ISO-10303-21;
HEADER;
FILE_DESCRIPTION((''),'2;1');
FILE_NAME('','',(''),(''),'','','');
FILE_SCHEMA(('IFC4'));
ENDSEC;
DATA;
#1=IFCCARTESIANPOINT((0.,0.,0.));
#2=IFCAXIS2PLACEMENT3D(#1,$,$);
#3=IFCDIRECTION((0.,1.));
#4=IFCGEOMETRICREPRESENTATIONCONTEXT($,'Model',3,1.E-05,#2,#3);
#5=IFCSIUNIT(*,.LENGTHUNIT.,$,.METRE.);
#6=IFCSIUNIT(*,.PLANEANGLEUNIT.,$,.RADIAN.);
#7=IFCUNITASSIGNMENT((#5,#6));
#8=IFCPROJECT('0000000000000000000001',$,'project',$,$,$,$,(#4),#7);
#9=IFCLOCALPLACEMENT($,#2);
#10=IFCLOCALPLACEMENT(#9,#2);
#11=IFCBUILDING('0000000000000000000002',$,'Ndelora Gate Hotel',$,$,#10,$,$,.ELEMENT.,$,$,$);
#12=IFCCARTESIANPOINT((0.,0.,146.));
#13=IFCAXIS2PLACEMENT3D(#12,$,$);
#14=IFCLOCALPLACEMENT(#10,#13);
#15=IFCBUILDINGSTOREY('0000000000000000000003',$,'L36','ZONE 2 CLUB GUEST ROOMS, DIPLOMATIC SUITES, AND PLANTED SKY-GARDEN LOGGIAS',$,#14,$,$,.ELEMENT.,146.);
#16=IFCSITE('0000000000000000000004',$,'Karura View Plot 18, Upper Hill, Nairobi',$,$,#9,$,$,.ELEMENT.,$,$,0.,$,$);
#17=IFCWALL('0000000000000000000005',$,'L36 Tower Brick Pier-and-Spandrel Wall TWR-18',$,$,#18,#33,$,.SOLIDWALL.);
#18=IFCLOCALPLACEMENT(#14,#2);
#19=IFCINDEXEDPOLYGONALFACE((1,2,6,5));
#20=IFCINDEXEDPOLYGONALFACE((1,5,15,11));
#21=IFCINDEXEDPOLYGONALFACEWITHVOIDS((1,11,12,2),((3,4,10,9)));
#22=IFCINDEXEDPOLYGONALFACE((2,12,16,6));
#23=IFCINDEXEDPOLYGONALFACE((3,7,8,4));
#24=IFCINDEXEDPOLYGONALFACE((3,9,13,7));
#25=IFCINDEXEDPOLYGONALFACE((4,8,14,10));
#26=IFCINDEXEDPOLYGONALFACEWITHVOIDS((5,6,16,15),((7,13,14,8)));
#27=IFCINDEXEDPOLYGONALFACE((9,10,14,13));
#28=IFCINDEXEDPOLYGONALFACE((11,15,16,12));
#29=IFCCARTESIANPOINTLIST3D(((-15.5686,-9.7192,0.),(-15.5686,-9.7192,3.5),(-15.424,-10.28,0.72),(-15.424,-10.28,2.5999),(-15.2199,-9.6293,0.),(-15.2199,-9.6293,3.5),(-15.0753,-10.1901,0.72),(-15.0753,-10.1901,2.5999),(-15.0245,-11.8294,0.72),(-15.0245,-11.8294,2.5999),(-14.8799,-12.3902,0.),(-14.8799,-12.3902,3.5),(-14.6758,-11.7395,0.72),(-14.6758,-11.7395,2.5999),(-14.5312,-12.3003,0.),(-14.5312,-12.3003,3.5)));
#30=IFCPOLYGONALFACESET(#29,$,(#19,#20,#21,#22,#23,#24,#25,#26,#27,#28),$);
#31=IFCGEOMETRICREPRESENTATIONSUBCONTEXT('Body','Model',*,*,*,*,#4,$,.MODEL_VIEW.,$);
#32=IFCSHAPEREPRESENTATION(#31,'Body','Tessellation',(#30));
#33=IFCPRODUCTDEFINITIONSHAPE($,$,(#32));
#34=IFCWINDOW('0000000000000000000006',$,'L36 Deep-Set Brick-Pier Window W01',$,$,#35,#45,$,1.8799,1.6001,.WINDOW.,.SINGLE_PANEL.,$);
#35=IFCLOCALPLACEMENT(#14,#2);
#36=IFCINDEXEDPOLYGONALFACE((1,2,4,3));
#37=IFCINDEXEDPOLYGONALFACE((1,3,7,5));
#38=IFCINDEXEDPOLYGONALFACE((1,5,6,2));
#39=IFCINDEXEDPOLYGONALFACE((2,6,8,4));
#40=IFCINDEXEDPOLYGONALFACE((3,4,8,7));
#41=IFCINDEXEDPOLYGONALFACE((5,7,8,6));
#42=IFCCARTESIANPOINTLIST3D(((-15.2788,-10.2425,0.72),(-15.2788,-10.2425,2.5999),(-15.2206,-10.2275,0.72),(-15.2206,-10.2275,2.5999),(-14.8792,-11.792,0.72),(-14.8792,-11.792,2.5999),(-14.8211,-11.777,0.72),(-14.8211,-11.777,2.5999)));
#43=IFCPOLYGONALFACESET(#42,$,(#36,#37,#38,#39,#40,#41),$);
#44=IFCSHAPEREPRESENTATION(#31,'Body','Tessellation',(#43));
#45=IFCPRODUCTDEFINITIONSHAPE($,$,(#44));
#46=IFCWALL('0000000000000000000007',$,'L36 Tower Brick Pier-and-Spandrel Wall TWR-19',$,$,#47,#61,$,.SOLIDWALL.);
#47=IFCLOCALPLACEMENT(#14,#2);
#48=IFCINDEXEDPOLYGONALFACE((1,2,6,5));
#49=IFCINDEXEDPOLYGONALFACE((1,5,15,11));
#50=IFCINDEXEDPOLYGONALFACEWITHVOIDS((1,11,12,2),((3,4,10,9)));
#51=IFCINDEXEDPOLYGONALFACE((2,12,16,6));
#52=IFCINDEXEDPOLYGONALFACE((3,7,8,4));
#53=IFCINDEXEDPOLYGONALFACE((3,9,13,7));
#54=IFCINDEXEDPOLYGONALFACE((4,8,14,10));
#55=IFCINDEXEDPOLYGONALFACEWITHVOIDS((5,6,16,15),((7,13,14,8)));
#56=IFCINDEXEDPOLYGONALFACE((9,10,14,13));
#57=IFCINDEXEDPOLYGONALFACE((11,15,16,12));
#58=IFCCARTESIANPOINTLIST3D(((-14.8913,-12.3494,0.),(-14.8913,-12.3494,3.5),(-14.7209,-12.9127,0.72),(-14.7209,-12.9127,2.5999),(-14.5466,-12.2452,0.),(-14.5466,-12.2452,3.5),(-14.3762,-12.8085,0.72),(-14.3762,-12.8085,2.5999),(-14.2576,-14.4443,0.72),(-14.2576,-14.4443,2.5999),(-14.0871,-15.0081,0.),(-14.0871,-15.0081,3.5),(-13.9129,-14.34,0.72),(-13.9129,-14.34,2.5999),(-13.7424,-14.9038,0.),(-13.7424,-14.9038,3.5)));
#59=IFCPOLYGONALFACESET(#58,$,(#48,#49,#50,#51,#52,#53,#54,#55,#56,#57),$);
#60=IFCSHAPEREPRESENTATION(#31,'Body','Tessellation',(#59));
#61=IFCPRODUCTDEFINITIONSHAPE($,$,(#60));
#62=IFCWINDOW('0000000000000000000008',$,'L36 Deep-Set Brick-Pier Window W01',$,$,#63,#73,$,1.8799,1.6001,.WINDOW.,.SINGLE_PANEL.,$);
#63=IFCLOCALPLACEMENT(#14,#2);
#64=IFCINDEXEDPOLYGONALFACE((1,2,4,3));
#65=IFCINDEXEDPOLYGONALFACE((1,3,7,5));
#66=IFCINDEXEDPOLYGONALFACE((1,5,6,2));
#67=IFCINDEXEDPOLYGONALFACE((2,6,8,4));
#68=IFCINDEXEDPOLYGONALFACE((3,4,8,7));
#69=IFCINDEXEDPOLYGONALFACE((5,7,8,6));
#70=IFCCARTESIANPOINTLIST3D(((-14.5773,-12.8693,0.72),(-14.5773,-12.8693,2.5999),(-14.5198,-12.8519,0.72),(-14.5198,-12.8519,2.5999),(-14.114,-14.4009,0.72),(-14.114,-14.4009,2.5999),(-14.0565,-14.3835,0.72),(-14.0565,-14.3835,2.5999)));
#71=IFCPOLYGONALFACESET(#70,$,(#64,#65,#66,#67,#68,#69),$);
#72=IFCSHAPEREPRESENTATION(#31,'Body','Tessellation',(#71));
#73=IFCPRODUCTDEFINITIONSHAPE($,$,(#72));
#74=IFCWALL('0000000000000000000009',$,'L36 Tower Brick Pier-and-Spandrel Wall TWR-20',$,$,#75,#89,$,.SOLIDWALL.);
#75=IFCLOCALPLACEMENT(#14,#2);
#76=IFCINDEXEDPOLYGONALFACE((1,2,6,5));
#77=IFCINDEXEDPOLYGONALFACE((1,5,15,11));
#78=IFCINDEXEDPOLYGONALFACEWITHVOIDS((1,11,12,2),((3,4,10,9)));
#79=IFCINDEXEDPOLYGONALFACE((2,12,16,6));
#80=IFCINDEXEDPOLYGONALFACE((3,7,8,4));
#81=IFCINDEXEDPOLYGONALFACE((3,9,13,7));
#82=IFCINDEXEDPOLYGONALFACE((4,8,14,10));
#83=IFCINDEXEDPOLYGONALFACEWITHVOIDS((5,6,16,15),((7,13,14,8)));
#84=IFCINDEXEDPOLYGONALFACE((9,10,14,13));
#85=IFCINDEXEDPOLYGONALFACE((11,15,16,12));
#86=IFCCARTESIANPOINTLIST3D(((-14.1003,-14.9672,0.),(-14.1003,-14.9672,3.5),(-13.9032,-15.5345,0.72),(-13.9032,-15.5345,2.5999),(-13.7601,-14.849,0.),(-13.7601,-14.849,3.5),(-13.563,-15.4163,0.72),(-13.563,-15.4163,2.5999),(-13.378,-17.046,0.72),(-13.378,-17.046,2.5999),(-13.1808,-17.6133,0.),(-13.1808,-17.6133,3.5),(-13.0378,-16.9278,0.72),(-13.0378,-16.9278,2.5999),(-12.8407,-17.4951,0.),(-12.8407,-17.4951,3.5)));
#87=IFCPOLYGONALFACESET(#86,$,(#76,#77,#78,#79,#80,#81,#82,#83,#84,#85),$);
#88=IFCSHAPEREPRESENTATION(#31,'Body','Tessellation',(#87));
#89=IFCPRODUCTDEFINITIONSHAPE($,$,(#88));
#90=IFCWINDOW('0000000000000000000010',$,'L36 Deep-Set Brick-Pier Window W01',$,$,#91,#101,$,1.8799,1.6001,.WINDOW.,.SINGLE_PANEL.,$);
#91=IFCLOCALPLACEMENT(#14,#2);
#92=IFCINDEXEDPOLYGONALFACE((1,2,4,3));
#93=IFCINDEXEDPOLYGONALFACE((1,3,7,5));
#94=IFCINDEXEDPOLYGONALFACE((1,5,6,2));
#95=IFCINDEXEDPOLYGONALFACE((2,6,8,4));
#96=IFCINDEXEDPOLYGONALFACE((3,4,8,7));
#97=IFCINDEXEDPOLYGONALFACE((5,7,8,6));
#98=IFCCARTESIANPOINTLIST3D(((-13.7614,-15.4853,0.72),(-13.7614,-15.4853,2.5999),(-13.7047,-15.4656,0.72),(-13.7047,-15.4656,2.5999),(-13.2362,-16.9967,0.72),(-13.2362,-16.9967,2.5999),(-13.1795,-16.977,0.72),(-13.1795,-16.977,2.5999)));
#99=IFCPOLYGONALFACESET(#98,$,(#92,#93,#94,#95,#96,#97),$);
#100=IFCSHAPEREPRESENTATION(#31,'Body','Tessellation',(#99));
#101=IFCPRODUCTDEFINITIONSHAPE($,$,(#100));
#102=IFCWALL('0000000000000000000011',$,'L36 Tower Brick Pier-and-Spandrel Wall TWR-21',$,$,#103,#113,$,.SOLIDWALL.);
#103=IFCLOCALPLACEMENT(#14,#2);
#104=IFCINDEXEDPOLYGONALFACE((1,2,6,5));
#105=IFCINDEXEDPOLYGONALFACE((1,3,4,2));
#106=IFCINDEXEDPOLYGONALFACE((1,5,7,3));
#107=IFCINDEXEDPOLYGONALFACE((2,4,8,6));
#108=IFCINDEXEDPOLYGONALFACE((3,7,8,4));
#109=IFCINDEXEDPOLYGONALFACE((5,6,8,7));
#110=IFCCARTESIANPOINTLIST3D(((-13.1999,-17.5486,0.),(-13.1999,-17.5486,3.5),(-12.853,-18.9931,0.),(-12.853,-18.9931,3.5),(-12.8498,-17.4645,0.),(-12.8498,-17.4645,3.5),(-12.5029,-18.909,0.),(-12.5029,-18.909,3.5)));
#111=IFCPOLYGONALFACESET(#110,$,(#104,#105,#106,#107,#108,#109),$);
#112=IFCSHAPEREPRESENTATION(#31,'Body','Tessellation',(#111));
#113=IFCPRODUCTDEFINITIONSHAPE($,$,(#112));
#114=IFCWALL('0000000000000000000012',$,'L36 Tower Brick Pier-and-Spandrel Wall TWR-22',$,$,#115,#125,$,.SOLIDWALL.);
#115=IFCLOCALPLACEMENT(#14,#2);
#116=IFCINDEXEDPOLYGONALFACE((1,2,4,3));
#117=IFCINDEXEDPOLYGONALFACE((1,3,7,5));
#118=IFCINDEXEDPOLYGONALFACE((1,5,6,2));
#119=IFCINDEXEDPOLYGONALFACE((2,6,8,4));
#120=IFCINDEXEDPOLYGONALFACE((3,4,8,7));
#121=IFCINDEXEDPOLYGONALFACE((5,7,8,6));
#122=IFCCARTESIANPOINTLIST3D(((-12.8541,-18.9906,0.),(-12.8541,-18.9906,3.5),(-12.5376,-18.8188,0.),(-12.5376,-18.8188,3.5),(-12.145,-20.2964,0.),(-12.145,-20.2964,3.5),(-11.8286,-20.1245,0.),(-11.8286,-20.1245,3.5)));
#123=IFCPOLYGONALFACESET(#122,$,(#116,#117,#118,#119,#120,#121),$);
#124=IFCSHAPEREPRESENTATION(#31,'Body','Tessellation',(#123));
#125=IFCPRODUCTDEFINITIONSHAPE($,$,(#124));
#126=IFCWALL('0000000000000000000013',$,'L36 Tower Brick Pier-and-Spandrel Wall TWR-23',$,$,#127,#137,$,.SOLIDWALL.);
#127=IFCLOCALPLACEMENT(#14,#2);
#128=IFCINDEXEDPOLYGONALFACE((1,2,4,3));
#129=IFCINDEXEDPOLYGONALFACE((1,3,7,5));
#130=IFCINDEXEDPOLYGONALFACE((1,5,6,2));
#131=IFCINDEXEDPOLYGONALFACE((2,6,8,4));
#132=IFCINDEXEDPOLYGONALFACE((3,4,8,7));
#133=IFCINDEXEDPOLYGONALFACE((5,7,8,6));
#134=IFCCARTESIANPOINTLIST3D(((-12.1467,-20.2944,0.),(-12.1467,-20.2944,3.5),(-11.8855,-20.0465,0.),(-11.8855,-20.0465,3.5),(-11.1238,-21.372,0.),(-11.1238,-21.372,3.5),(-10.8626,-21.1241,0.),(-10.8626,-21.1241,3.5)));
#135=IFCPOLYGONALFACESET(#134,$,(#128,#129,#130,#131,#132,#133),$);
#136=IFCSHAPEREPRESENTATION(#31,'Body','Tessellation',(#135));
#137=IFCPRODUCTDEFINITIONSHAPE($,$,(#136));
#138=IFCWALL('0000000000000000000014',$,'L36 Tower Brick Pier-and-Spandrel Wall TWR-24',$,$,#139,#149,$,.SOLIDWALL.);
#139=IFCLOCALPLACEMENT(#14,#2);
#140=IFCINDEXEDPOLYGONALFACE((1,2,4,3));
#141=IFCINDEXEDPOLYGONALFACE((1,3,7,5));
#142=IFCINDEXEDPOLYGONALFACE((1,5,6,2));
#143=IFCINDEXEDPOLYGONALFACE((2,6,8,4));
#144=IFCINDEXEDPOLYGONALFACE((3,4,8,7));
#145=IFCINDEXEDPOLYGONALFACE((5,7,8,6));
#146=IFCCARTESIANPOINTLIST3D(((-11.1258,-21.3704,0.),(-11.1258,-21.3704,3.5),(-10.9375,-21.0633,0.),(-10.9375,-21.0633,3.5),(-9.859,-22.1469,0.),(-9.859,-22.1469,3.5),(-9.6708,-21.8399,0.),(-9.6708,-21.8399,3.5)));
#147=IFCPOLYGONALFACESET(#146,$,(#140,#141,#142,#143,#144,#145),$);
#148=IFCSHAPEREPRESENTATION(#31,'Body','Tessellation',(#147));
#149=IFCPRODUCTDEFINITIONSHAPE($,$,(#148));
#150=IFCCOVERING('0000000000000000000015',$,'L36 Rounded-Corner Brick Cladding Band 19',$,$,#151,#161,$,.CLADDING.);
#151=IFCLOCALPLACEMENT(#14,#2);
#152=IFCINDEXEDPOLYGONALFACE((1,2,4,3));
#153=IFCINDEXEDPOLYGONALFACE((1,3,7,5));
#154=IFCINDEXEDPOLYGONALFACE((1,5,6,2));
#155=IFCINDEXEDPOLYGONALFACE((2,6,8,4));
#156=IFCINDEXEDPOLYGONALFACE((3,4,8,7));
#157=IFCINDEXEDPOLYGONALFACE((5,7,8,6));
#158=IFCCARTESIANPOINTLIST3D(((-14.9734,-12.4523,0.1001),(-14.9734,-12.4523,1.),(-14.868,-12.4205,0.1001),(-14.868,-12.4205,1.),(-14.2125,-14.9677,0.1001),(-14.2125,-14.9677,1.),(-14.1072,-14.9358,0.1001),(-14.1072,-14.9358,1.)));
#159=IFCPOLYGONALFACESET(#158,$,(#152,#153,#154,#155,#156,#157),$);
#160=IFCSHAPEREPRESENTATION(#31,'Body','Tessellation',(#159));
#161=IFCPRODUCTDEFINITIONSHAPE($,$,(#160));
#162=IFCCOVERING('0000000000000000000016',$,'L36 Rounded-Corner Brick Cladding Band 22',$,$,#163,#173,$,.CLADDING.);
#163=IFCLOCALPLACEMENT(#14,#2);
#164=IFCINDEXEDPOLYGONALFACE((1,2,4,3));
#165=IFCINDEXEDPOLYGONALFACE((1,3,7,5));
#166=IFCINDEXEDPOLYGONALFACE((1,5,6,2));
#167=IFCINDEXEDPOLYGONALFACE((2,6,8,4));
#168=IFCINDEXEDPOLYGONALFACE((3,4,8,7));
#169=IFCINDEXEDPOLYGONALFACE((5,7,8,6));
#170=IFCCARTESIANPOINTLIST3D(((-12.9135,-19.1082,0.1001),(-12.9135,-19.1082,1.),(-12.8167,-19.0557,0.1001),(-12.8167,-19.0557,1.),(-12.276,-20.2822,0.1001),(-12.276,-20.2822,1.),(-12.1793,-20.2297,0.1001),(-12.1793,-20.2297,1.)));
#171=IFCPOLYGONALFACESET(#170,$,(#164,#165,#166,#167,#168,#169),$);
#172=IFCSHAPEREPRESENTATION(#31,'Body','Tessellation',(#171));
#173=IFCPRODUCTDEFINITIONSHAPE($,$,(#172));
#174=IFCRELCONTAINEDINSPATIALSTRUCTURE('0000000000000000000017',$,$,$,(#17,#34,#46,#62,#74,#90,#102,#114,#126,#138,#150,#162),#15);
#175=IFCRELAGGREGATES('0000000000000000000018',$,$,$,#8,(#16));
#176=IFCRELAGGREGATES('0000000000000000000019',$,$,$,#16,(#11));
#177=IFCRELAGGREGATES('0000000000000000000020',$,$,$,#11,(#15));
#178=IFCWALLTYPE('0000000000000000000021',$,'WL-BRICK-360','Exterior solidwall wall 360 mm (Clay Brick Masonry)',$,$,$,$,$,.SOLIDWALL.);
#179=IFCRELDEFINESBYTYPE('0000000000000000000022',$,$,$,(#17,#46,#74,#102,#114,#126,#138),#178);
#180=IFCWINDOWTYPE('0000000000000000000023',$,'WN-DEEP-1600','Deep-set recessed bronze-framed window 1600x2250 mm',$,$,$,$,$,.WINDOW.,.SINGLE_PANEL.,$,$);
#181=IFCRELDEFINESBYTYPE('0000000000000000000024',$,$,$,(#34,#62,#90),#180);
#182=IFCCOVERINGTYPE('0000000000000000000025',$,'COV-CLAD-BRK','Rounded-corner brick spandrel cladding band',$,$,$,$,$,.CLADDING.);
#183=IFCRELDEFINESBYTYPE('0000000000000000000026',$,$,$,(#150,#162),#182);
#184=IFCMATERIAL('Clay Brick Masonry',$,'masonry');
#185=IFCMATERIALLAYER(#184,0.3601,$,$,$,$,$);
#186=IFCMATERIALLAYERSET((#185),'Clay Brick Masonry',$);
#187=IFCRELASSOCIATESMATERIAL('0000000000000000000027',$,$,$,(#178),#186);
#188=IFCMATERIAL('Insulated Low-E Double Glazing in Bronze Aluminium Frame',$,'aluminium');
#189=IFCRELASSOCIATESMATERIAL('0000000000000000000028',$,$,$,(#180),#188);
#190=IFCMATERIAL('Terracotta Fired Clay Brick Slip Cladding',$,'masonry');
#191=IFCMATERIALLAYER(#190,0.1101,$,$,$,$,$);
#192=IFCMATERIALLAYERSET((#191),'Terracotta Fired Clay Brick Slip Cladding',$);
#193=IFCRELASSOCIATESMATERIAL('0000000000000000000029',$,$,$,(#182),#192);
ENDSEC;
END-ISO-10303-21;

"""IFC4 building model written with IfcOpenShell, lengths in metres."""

from ifc_helpers import new_model, si_unit, direction, frame, frame_2d, origin, origin_2d, place, context, subcontext, project, spatial, rectangle, extrude, material, layer, layer_set, type_object, element, fill, save


model = new_model("IFC4")

# Units and contexts
model_context = context("Model", 3, precision=1e-05, world=origin(), true_north=direction((0.0, 1.0)))
body_context = subcontext(model_context, "Body", "Model", "MODEL_VIEW")
ifc_project = project(units=[si_unit("LENGTHUNIT", "METRE"), si_unit("PLANEANGLEUNIT", "RADIAN")], contexts=[model_context])

# Site, building, storey
site_placement = place(None, origin())
site = spatial("IfcSite", under=ifc_project, at=site_placement, Name="Karura View Plot 18, Upper Hill, Nairobi", CompositionType="ELEMENT", RefElevation=0.0)
building_placement = place(site_placement, origin())
building = spatial("IfcBuilding", under=site, at=building_placement, Name="Ndelora Gate Hotel", CompositionType="ELEMENT")
storey_placement = place(building_placement, frame((0.0, 0.0, 146.0)))
storey = spatial("IfcBuildingStorey", under=building, at=storey_placement, Name="L36", Description="ZONE 2 CLUB GUEST ROOMS, DIPLOMATIC SUITES, AND PLANTED SKY-GARDEN LOGGIAS", CompositionType="ELEMENT", Elevation=146.0)

# Walls, openings, windows
ifc_material_1 = material(Name="Clay Brick Masonry", Category="masonry")
ifc_layer_1 = layer(ifc_material_1, 0.3601)
ifc_layer_set_1 = layer_set([ifc_layer_1], Name="Clay Brick Masonry")
wall_type = type_object("IfcWallType", Name="WL-BRICK-360", Description="Exterior solidwall wall 360 mm (Clay Brick Masonry)", PredefinedType="SOLIDWALL", material=ifc_layer_set_1)
ifc_material_2 = material(Name="Insulated Low-E Double Glazing in Bronze Aluminium Frame", Category="aluminium")
wall_1_placement = place(storey_placement, frame((-14.7056, -12.3452, 0.0), z_axis=(0.0, 0.0, 1.0), x_axis=(-0.249693, 0.968325, 0.0)))
wall_1 = element("IfcWall", 1, at=wall_1_placement, inside=storey, type_object=wall_type, Name="L36 Tower Brick Pier-and-Spandrel Wall TWR-18", PredefinedType="SOLIDWALL", context=body_context, shape_type="SweptSolid", body=[
    extrude(rectangle(XDim=2.7583, YDim=0.3601, at=frame_2d((1.3792, 0.0))), origin(), (0.0, 0.0, 1.0), 3.5),
])
opening_1_placement = place(wall_1_placement, frame((0.5791, 0.0, 0.72)))
opening_1 = element("IfcOpeningElement", 2, at=opening_1_placement, cuts=wall_1, PredefinedType="OPENING", context=body_context, shape_type="SweptSolid", body=[
    extrude(rectangle(XDim=1.6001, YDim=1.8799, at=frame_2d((0.8, 0.9399))), frame((0.0, 0.1899, 0.0), z_axis=(0.0, -1.0, 0.0), x_axis=(1.0, 0.0, 0.0)), (0.0, 0.0, 1.0), 0.3801),
])
window_type_1 = type_object("IfcWindowType", Name="WN-DEEP-1600", Description="Deep-set recessed bronze-framed window 1600x2250 mm", PartitioningType="SINGLE_PANEL", PredefinedType="WINDOW", material=ifc_material_2)
window_1_placement = place(opening_1_placement, origin())
window_1 = element("IfcWindow", 3, at=window_1_placement, inside=storey, type_object=window_type_1, Name="L36 Deep-Set Brick-Pier Window W01", OverallHeight=1.8799, OverallWidth=1.6001, PartitioningType="SINGLE_PANEL", PredefinedType="WINDOW", context=body_context, shape_type="SweptSolid", body=[
    extrude(rectangle(XDim=1.6001, YDim=1.8799, at=frame_2d((0.8, 0.9399))), frame((0.0, 0.03, 0.0), z_axis=(0.0, -1.0, 0.0), x_axis=(1.0, 0.0, 0.0)), (0.0, 0.0, 1.0), 0.0601),
])
fill(opening_1, window_1)
wall_2_placement = place(storey_placement, frame((-13.9148, -14.9558, 0.0), z_axis=(0.0, 0.0, 1.0), x_axis=(-0.289524, 0.957171, 0.0)))
wall_2 = element("IfcWall", 4, at=wall_2_placement, inside=storey, type_object=wall_type, Name="L36 Tower Brick Pier-and-Spandrel Wall TWR-19", PredefinedType="SOLIDWALL", context=body_context, shape_type="SweptSolid", body=[
    extrude(rectangle(XDim=2.7776, YDim=0.3601, at=frame_2d((1.3887, 0.0))), origin(), (0.0, 0.0, 1.0), 3.5),
])
opening_2_placement = place(wall_2_placement, frame((0.5889, 0.0, 0.72)))
opening_2 = element("IfcOpeningElement", 5, at=opening_2_placement, cuts=wall_2, PredefinedType="OPENING", context=body_context, shape_type="SweptSolid", body=[
    extrude(rectangle(XDim=1.6001, YDim=1.8799, at=frame_2d((0.8, 0.9399))), frame((0.0, 0.1899, 0.0), z_axis=(0.0, -1.0, 0.0), x_axis=(1.0, 0.0, 0.0)), (0.0, 0.0, 1.0), 0.3801),
])
window_2_placement = place(opening_2_placement, origin())
window_2 = element("IfcWindow", 6, at=window_2_placement, inside=storey, type_object=window_type_1, Name="L36 Deep-Set Brick-Pier Window W01", OverallHeight=1.8799, OverallWidth=1.6001, PartitioningType="SINGLE_PANEL", PredefinedType="WINDOW", context=body_context, shape_type="SweptSolid", body=[
    extrude(rectangle(XDim=1.6001, YDim=1.8799, at=frame_2d((0.8, 0.9399))), frame((0.0, 0.03, 0.0), z_axis=(0.0, -1.0, 0.0), x_axis=(1.0, 0.0, 0.0)), (0.0, 0.0, 1.0), 0.0601),
])
fill(opening_2, window_2)
wall_3_placement = place(storey_placement, frame((-13.0107, -17.5542, 0.0), z_axis=(0.0, 0.0, 1.0), x_axis=(-0.32823, 0.944598, 0.0)))
wall_3 = element("IfcWall", 7, at=wall_3_placement, inside=storey, type_object=wall_type, Name="L36 Tower Brick Pier-and-Spandrel Wall TWR-20", PredefinedType="SOLIDWALL", context=body_context, shape_type="SweptSolid", body=[
    extrude(rectangle(XDim=2.8013, YDim=0.3601, at=frame_2d((1.4006, 0.0))), origin(), (0.0, 0.0, 1.0), 3.5),
])
opening_3_placement = place(wall_3_placement, frame((0.6006, 0.0, 0.72)))
opening_3 = element("IfcOpeningElement", 8, at=opening_3_placement, cuts=wall_3, PredefinedType="OPENING", context=body_context, shape_type="SweptSolid", body=[
    extrude(rectangle(XDim=1.6001, YDim=1.8799, at=frame_2d((0.8, 0.9399))), frame((0.0, 0.1899, 0.0), z_axis=(0.0, -1.0, 0.0), x_axis=(1.0, 0.0, 0.0)), (0.0, 0.0, 1.0), 0.3801),
])
window_3_placement = place(opening_3_placement, origin())
window_3 = element("IfcWindow", 9, at=window_3_placement, inside=storey, type_object=window_type_1, Name="L36 Deep-Set Brick-Pier Window W01", OverallHeight=1.8799, OverallWidth=1.6001, PartitioningType="SINGLE_PANEL", PredefinedType="WINDOW", context=body_context, shape_type="SweptSolid", body=[
    extrude(rectangle(XDim=1.6001, YDim=1.8799, at=frame_2d((0.8, 0.9399))), frame((0.0, 0.03, 0.0), z_axis=(0.0, -1.0, 0.0), x_axis=(1.0, 0.0, 0.0)), (0.0, 0.0, 1.0), 0.0601),
])
fill(opening_3, window_3)

# Walls
wall_4_placement = place(storey_placement, frame((-12.678, -18.9509, 0.0), z_axis=(0.0, 0.0, 1.0), x_axis=(-0.233516, 0.972353, 0.0)))
element("IfcWall", 10, at=wall_4_placement, inside=storey, type_object=wall_type, Name="L36 Tower Brick Pier-and-Spandrel Wall TWR-21", PredefinedType="SOLIDWALL", context=body_context, shape_type="SweptSolid", body=[
    extrude(rectangle(XDim=1.4856, YDim=0.3601, at=frame_2d((0.7427, 0.0))), origin(), (0.0, 0.0, 1.0), 3.5),
])
for number, where, z_axis, x_axis, name in (
    (11, (-11.9868, -20.2104, 0.0), (0.0, 0.0, 1.0), (-0.477193, 0.878798, 0.0), "L36 Tower Brick Pier-and-Spandrel Wall TWR-22"),
    (12, (-10.9932, -21.248, 0.0), (0.0, 0.0, 1.0), (-0.688464, 0.72527, 0.0), "L36 Tower Brick Pier-and-Spandrel Wall TWR-23"),
    (13, (-9.7649, -21.9934, 0.0), (0.0, 0.0, 1.0), (-0.852554, 0.522639, 0.0), "L36 Tower Brick Pier-and-Spandrel Wall TWR-24"),
):
    element("IfcWall", number, at=place(storey_placement, frame(where, z_axis=z_axis, x_axis=x_axis)), inside=storey, type_object=wall_type, Name=name, PredefinedType="SOLIDWALL", context=body_context, shape_type="SweptSolid", body=[
        extrude(rectangle(XDim=1.4858, YDim=0.3601, at=frame_2d((0.7429, 0.0))), origin(), (0.0, 0.0, 1.0), 3.5),
    ])

# Coverings
ifc_material_3 = material(Name="Terracotta Fired Clay Brick Slip Cladding", Category="masonry")
ifc_layer_2 = layer(ifc_material_3, 0.1101)
ifc_layer_set_2 = layer_set([ifc_layer_2], Name="Terracotta Fired Clay Brick Slip Cladding")
covering_type = type_object("IfcCoveringType", Name="COV-CLAD-BRK", Description="Rounded-corner brick spandrel cladding band", PredefinedType="CLADDING", material=ifc_layer_set_2)
covering_1_placement = place(storey_placement, frame((-14.5403, -13.6941, 0.1001), z_axis=(0.0, 0.0, 1.0), x_axis=(-0.289533, 0.957168, 0.0)))
element("IfcCovering", 14, at=covering_1_placement, inside=storey, type_object=covering_type, Name="L36 Rounded-Corner Brick Cladding Band 19", PredefinedType="CLADDING", context=body_context, shape_type="SweptSolid", body=[
    extrude(rectangle(XDim=2.6279, YDim=0.1101, at=origin_2d()), origin(), (0.0, 0.0, 1.0), 0.8999),
])
covering_2_placement = place(storey_placement, frame((-12.5464, -19.6689, 0.1001), z_axis=(0.0, 0.0, 1.0), x_axis=(-0.477159, 0.878817, 0.0)))
element("IfcCovering", 15, at=covering_2_placement, inside=storey, type_object=covering_type, Name="L36 Rounded-Corner Brick Cladding Band 22", PredefinedType="CLADDING", context=body_context, shape_type="SweptSolid", body=[
    extrude(rectangle(XDim=1.3359, YDim=0.1101, at=origin_2d()), origin(), (0.0, 0.0, 1.0), 0.8999),
])

save(model, "model.ifc")
